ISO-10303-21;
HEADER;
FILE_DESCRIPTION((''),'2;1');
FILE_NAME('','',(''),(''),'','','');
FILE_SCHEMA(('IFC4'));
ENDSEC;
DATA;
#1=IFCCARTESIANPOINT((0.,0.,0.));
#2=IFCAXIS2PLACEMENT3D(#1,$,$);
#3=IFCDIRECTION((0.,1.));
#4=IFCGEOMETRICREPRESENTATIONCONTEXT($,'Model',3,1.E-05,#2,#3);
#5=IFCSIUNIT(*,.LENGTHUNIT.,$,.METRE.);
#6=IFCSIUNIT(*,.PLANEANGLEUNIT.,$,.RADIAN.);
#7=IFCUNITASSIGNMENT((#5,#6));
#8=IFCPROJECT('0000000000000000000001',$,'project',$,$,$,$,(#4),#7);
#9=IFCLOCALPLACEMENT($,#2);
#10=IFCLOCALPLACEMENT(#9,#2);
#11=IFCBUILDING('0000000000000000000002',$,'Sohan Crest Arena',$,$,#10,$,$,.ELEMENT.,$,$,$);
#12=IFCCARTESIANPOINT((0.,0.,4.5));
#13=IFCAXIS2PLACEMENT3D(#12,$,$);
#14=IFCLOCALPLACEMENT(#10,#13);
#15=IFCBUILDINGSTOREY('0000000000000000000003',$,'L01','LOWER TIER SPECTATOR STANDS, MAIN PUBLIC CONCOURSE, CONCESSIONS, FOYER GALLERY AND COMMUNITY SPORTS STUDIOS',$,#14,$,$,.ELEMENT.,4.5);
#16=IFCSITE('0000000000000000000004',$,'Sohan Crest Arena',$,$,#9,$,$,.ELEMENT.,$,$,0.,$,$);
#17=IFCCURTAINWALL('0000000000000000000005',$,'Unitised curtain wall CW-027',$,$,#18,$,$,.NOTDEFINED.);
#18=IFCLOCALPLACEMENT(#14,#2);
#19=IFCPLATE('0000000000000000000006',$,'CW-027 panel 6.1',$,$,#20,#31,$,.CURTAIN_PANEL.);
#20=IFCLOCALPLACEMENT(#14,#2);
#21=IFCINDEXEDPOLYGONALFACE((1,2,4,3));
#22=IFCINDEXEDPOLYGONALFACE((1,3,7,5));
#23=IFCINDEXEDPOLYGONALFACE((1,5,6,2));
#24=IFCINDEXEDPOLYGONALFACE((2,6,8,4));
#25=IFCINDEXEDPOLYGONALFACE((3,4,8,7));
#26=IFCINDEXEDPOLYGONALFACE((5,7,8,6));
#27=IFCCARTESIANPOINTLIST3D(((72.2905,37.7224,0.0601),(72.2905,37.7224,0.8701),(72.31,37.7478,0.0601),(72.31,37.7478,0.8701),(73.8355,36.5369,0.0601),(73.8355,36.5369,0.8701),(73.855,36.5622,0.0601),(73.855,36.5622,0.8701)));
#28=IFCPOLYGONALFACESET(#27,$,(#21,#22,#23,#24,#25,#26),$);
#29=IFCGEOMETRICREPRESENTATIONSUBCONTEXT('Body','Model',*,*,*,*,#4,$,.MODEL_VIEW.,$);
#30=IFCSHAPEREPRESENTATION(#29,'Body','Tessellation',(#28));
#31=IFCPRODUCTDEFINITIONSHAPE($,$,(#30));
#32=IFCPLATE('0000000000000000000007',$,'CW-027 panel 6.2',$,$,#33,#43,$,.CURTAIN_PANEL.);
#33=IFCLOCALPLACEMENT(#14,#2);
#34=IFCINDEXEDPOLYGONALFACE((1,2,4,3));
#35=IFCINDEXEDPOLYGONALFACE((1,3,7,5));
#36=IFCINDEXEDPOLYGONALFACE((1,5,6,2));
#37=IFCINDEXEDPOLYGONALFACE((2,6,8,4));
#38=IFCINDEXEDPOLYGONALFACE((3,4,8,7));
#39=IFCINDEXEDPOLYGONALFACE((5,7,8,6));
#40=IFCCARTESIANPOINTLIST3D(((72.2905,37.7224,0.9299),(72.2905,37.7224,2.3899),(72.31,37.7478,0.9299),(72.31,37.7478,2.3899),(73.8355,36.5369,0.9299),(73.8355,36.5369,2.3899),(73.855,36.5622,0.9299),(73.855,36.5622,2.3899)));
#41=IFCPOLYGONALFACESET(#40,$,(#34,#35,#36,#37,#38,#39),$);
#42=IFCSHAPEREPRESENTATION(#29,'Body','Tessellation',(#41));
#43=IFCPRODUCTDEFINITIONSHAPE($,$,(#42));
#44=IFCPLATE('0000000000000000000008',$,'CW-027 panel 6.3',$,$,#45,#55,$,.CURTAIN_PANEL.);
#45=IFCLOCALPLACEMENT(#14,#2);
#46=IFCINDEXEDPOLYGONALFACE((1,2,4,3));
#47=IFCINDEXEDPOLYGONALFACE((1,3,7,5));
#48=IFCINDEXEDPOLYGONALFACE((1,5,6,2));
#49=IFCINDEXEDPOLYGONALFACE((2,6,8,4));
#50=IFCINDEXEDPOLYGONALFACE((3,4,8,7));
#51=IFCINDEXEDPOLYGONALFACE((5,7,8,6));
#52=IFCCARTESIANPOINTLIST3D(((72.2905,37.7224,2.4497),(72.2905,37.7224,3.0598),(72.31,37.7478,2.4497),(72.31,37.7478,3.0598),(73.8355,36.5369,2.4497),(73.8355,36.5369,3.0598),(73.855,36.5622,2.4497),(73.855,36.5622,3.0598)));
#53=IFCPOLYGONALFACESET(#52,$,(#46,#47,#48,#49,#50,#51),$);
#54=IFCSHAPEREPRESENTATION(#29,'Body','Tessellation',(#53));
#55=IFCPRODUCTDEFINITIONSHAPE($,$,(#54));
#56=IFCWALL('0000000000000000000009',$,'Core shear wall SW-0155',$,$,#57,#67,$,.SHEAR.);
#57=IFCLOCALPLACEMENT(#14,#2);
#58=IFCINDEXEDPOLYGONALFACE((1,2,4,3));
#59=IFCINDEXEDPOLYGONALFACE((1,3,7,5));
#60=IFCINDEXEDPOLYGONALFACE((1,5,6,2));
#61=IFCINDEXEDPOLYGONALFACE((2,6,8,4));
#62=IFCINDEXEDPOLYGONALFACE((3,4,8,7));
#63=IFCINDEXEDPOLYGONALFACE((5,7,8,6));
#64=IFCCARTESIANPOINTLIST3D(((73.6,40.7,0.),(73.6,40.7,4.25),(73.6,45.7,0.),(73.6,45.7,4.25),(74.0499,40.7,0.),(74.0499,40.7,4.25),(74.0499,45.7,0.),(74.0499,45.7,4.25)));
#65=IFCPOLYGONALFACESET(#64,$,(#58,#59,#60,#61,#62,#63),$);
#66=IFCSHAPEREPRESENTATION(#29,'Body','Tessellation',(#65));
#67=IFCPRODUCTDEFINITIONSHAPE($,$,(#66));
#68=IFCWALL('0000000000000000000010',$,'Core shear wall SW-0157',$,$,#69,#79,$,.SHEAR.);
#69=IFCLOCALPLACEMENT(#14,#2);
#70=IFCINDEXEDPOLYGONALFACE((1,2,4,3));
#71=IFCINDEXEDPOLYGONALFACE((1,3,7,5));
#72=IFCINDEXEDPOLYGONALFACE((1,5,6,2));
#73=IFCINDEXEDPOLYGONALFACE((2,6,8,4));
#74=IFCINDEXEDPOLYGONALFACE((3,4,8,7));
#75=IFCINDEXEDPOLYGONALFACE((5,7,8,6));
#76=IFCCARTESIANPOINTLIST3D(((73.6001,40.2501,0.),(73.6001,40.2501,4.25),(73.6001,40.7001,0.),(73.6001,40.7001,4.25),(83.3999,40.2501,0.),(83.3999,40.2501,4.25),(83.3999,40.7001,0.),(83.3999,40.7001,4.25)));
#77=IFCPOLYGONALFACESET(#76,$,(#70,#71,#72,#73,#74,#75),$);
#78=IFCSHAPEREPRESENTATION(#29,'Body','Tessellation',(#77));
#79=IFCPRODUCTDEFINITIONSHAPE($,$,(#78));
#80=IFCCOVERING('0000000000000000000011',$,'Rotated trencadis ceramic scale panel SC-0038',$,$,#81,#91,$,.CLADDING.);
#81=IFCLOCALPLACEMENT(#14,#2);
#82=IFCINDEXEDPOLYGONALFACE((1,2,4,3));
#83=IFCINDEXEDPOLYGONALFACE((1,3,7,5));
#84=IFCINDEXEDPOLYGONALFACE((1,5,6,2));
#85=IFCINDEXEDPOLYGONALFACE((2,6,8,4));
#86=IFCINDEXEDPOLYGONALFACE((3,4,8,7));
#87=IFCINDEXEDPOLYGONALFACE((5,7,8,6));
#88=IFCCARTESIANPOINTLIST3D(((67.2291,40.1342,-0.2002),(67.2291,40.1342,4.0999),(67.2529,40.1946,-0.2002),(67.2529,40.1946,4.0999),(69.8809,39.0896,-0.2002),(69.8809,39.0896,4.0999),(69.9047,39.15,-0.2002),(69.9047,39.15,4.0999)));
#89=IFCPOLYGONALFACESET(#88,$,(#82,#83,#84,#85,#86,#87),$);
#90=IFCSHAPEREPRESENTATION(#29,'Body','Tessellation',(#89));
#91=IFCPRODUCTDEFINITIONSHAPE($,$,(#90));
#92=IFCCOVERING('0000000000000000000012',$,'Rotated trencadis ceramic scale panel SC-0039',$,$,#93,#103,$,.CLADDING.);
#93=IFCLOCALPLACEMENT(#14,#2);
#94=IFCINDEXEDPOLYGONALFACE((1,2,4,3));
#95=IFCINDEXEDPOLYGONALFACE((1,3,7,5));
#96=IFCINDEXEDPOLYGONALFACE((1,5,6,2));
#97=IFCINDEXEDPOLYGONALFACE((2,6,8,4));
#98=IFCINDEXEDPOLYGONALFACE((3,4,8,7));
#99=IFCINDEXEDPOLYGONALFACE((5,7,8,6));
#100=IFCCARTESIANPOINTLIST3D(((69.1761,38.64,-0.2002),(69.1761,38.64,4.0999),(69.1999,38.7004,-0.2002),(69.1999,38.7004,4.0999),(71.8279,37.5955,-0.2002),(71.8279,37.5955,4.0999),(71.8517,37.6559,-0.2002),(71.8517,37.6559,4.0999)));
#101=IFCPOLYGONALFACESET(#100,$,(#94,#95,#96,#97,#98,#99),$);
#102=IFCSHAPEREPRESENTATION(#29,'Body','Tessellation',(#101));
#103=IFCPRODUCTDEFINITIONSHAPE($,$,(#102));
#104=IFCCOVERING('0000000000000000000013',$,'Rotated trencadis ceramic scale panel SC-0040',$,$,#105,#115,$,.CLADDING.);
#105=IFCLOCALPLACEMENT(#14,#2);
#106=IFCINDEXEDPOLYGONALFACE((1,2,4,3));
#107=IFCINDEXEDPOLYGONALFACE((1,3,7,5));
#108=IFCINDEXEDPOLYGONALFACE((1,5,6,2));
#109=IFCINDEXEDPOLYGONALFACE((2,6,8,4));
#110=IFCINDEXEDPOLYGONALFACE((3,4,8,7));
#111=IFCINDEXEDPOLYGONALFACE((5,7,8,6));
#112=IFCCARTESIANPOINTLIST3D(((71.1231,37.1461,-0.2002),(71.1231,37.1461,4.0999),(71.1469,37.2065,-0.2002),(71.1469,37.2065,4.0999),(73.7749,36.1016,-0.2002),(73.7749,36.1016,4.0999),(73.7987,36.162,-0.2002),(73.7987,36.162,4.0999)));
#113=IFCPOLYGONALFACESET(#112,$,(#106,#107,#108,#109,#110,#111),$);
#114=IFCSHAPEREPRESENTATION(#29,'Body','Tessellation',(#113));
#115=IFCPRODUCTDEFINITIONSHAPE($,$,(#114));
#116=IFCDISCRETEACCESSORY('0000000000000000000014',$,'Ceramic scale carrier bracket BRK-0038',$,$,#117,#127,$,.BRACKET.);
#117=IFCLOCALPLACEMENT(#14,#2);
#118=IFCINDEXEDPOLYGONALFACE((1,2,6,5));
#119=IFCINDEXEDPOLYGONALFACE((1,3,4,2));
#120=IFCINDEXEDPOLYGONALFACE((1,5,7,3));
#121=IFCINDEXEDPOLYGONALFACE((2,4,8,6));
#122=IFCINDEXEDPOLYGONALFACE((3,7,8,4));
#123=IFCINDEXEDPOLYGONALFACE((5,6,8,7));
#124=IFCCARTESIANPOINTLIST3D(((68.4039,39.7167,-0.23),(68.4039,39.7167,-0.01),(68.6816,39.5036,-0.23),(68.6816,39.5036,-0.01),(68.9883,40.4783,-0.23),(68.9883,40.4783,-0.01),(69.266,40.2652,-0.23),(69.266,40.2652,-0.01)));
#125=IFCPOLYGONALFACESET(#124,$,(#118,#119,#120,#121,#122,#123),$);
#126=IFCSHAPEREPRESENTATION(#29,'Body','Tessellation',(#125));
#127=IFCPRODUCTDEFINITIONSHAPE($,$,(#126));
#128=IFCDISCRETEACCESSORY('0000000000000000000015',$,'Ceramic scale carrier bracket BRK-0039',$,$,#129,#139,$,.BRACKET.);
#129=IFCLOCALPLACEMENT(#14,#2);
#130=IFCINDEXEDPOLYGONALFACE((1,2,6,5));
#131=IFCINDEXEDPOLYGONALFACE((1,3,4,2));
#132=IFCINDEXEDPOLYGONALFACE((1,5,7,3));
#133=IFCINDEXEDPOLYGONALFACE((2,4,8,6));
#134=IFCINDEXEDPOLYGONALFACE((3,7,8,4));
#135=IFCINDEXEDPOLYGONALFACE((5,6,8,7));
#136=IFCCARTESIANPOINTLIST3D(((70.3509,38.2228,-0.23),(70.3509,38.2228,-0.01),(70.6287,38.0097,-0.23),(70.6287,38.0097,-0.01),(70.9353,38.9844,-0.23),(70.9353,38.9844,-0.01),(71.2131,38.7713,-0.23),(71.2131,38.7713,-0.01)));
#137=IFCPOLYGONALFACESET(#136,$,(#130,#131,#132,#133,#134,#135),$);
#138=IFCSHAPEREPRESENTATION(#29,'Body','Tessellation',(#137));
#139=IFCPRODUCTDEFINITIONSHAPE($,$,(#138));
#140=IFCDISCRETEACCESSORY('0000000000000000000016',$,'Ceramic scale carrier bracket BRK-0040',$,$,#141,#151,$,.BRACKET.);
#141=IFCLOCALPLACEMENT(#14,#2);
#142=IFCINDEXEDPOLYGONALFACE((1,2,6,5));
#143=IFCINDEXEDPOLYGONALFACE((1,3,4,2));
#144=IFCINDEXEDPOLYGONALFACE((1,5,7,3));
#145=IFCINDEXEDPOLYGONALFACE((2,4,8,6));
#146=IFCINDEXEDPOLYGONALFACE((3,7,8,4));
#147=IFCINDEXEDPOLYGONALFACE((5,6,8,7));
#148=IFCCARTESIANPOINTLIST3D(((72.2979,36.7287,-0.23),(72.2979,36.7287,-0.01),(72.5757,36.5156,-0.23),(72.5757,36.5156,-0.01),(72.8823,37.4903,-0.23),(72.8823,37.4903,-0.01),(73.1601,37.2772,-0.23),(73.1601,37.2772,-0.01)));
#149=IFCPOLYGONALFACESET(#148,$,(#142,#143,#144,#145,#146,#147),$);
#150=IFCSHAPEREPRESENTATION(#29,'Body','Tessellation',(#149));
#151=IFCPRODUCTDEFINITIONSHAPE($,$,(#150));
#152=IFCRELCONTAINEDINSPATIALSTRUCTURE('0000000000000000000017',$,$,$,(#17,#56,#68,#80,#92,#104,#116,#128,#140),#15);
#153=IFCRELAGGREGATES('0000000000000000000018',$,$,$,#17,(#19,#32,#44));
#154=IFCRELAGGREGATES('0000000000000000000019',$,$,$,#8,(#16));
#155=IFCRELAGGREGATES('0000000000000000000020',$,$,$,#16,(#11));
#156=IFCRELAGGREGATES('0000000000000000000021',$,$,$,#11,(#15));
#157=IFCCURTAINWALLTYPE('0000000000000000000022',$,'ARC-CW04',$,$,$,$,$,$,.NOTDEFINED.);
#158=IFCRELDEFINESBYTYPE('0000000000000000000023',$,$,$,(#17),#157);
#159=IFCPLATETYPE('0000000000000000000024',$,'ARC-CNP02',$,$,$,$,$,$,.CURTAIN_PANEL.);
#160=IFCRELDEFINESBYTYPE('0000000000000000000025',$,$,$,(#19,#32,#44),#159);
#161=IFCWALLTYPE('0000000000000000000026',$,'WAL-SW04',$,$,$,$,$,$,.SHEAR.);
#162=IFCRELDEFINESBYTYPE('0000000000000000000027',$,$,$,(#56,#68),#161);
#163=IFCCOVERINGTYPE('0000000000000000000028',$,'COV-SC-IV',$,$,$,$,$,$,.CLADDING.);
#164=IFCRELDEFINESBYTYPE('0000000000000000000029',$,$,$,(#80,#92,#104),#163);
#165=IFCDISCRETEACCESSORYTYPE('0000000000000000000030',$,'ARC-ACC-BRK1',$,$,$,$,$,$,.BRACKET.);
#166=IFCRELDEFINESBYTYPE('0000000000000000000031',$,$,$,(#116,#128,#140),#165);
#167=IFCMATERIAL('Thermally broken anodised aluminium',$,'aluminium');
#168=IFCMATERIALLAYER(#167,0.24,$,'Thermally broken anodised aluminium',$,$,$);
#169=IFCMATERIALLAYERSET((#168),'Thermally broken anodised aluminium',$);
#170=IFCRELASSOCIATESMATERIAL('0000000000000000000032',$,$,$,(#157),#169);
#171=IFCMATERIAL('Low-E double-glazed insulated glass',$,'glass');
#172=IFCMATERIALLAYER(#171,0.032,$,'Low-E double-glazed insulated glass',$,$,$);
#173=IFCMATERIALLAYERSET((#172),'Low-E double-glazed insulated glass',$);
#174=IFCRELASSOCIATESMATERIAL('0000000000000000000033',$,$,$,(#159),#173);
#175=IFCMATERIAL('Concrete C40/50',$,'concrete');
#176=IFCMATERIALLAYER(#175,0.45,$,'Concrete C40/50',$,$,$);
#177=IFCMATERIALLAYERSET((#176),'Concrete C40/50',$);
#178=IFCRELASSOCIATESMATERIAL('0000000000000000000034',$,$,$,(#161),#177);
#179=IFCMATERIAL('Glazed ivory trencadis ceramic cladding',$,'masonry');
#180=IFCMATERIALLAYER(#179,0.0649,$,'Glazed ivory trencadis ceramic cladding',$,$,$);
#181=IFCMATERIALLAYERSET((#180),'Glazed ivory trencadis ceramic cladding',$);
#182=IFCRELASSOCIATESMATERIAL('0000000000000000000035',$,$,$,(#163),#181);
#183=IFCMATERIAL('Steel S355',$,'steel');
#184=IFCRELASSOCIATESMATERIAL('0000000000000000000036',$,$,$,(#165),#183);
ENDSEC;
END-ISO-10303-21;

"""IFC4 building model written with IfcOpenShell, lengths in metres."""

from ifc_helpers import new_model, si_unit, direction, frame, frame_2d, origin, origin_2d, place, context, subcontext, project, spatial, rectangle, extrude, material, layer, layer_set, type_object, element, aggregate, save


model = new_model("IFC4")

# Units and contexts
model_context = context("Model", 3, precision=1e-05, world=origin(), true_north=direction((0.0, 1.0)))
body_context = subcontext(model_context, "Body", "Model", "MODEL_VIEW")
ifc_project = project(units=[si_unit("LENGTHUNIT", "METRE"), si_unit("PLANEANGLEUNIT", "RADIAN")], contexts=[model_context])

# Site, building, storey
site_placement = place(None, origin())
site = spatial("IfcSite", under=ifc_project, at=site_placement, Name="Sohan Crest Arena", CompositionType="ELEMENT", RefElevation=0.0)
building_placement = place(site_placement, origin())
building = spatial("IfcBuilding", under=site, at=building_placement, Name="Sohan Crest Arena", CompositionType="ELEMENT")
storey_placement = place(building_placement, frame((0.0, 0.0, 4.5)))
storey = spatial("IfcBuildingStorey", under=building, at=storey_placement, Name="L01", Description="LOWER TIER SPECTATOR STANDS, MAIN PUBLIC CONCOURSE, CONCESSIONS, FOYER GALLERY AND COMMUNITY SPORTS STUDIOS", CompositionType="ELEMENT", Elevation=4.5)

# Shared definitions
ifc_material_1 = material(Name="Steel S355", Category="steel")

# Curtain wall
ifc_material_2 = material(Name="Thermally broken anodised aluminium", Category="aluminium")
ifc_layer_1 = layer(ifc_material_2, 0.24, Name="Thermally broken anodised aluminium")
ifc_layer_set_1 = layer_set([ifc_layer_1], Name="Thermally broken anodised aluminium")
curtain_wall_type_1 = type_object("IfcCurtainWallType", Name="ARC-CW04", PredefinedType="NOTDEFINED", material=ifc_layer_set_1)
curtain_wall_1_placement = place(storey_placement, origin())
curtain_wall_1 = element("IfcCurtainWall", 1, at=curtain_wall_1_placement, inside=storey, type_object=curtain_wall_type_1, Name="Unitised curtain wall CW-027", PredefinedType="NOTDEFINED")

# Plates
ifc_material_3 = material(Name="Low-E double-glazed insulated glass", Category="glass")
ifc_layer_2 = layer(ifc_material_3, 0.032, Name="Low-E double-glazed insulated glass")
ifc_layer_set_2 = layer_set([ifc_layer_2], Name="Low-E double-glazed insulated glass")
plate_type = type_object("IfcPlateType", Name="ARC-CNP02", PredefinedType="CURTAIN_PANEL", material=ifc_layer_set_2)
plate_1_placement = place(storey_placement, frame((73.0728, 37.1423, 0.0601), z_axis=(0.0, 0.0, 1.0), x_axis=(0.793351, -0.608765, 0.0)))
plate_1 = element("IfcPlate", 2, at=plate_1_placement, type_object=plate_type, Name="CW-027 panel 6.1", PredefinedType="CURTAIN_PANEL", context=body_context, shape_type="SweptSolid", body=[
    extrude(rectangle(XDim=1.9475, YDim=0.032, at=origin_2d()), origin(), (0.0, 0.0, 1.0), 0.8101),
])
plate_2_placement = place(storey_placement, frame((73.0728, 37.1423, 0.9299), z_axis=(0.0, 0.0, 1.0), x_axis=(0.793351, -0.608765, 0.0)))
plate_2 = element("IfcPlate", 3, at=plate_2_placement, type_object=plate_type, Name="CW-027 panel 6.2", PredefinedType="CURTAIN_PANEL", context=body_context, shape_type="SweptSolid", body=[
    extrude(rectangle(XDim=1.9475, YDim=0.032, at=origin_2d()), origin(), (0.0, 0.0, 1.0), 1.46),
])
plate_3_placement = place(storey_placement, frame((73.0728, 37.1423, 2.4497), z_axis=(0.0, 0.0, 1.0), x_axis=(0.793351, -0.608765, 0.0)))
plate_3 = element("IfcPlate", 4, at=plate_3_placement, type_object=plate_type, Name="CW-027 panel 6.3", PredefinedType="CURTAIN_PANEL", context=body_context, shape_type="SweptSolid", body=[
    extrude(rectangle(XDim=1.9475, YDim=0.032, at=origin_2d()), origin(), (0.0, 0.0, 1.0), 0.6101),
])
aggregate(curtain_wall_1, [plate_1, plate_2, plate_3])

# Walls
ifc_material_4 = material(Name="Concrete C40/50", Category="concrete")
ifc_layer_3 = layer(ifc_material_4, 0.45, Name="Concrete C40/50")
ifc_layer_set_3 = layer_set([ifc_layer_3], Name="Concrete C40/50")
wall_type = type_object("IfcWallType", Name="WAL-SW04", PredefinedType="SHEAR", material=ifc_layer_set_3)
wall_1_placement = place(storey_placement, frame((73.825, 40.7, 0.0), z_axis=(0.0, 0.0, 1.0), x_axis=(0.0, 1.0, 0.0)))
element("IfcWall", 5, at=wall_1_placement, inside=storey, type_object=wall_type, Name="Core shear wall SW-0155", PredefinedType="SHEAR", context=body_context, shape_type="SweptSolid", body=[
    extrude(rectangle(XDim=5.0, YDim=0.45, at=frame_2d((2.5, 0.0))), origin(), (0.0, 0.0, 1.0), 4.25),
])
wall_2_placement = place(storey_placement, frame((73.6001, 40.4751, 0.0), z_axis=(0.0, 0.0, 1.0), x_axis=(1.0, 0.0, 0.0)))
element("IfcWall", 6, at=wall_2_placement, inside=storey, type_object=wall_type, Name="Core shear wall SW-0157", PredefinedType="SHEAR", context=body_context, shape_type="SweptSolid", body=[
    extrude(rectangle(XDim=9.7998, YDim=0.45, at=frame_2d((4.8999, 0.0))), origin(), (0.0, 0.0, 1.0), 4.25),
])

# Coverings
ifc_material_5 = material(Name="Glazed ivory trencadis ceramic cladding", Category="masonry")
ifc_layer_4 = layer(ifc_material_5, 0.0649, Name="Glazed ivory trencadis ceramic cladding")
ifc_layer_set_4 = layer_set([ifc_layer_4], Name="Glazed ivory trencadis ceramic cladding")
covering_type = type_object("IfcCoveringType", Name="COV-SC-IV", PredefinedType="CLADDING", material=ifc_layer_set_4)
for number, where, z_axis, x_axis, name in (
    (7, (68.5669, 39.6421, -0.2002), (0.0, 0.0, 1.0), (0.930418, -0.366501, 0.0), "Rotated trencadis ceramic scale panel SC-0038"),
    (8, (70.5139, 38.1479, -0.2002), (0.0, 0.0, 1.0), (0.930418, -0.366501, 0.0), "Rotated trencadis ceramic scale panel SC-0039"),
    (9, (72.4609, 36.6541, -0.2002), (0.0, 0.0, 1.0), (0.930418, -0.366501, 0.0), "Rotated trencadis ceramic scale panel SC-0040"),
):
    element("IfcCovering", number, at=place(storey_placement, frame(where, z_axis=z_axis, x_axis=x_axis)), inside=storey, type_object=covering_type, Name=name, PredefinedType="CLADDING", context=body_context, shape_type="SweptSolid", body=[
        extrude(rectangle(XDim=2.8501, YDim=0.0649, at=origin_2d()), origin(), (0.0, 0.0, 1.0), 4.3),
    ])

# Discrete accessories
discrete_accessory_type = type_object("IfcDiscreteAccessoryType", Name="ARC-ACC-BRK1", PredefinedType="BRACKET", material=ifc_material_1)
for number, where, z_axis, x_axis, name in (
    (10, (68.835, 39.991, -0.23), (0.0, 0.0, 1.0), (0.793353, -0.608761, 0.0), "Ceramic scale carrier bracket BRK-0038"),
    (11, (70.782, 38.4971, -0.23), (0.0, 0.0, 1.0), (0.793353, -0.608761, 0.0), "Ceramic scale carrier bracket BRK-0039"),
    (12, (72.729, 37.0029, -0.23), (0.0, 0.0, 1.0), (0.793353, -0.608761, 0.0), "Ceramic scale carrier bracket BRK-0040"),
):
    element("IfcDiscreteAccessory", number, at=place(storey_placement, frame(where, z_axis=z_axis, x_axis=x_axis)), inside=storey, type_object=discrete_accessory_type, Name=name, PredefinedType="BRACKET", context=body_context, shape_type="SweptSolid", body=[
        extrude(rectangle(XDim=0.3501, YDim=0.96, at=origin_2d()), origin(), (0.0, 0.0, 1.0), 0.22),
    ])

save(model, "model.ifc")
